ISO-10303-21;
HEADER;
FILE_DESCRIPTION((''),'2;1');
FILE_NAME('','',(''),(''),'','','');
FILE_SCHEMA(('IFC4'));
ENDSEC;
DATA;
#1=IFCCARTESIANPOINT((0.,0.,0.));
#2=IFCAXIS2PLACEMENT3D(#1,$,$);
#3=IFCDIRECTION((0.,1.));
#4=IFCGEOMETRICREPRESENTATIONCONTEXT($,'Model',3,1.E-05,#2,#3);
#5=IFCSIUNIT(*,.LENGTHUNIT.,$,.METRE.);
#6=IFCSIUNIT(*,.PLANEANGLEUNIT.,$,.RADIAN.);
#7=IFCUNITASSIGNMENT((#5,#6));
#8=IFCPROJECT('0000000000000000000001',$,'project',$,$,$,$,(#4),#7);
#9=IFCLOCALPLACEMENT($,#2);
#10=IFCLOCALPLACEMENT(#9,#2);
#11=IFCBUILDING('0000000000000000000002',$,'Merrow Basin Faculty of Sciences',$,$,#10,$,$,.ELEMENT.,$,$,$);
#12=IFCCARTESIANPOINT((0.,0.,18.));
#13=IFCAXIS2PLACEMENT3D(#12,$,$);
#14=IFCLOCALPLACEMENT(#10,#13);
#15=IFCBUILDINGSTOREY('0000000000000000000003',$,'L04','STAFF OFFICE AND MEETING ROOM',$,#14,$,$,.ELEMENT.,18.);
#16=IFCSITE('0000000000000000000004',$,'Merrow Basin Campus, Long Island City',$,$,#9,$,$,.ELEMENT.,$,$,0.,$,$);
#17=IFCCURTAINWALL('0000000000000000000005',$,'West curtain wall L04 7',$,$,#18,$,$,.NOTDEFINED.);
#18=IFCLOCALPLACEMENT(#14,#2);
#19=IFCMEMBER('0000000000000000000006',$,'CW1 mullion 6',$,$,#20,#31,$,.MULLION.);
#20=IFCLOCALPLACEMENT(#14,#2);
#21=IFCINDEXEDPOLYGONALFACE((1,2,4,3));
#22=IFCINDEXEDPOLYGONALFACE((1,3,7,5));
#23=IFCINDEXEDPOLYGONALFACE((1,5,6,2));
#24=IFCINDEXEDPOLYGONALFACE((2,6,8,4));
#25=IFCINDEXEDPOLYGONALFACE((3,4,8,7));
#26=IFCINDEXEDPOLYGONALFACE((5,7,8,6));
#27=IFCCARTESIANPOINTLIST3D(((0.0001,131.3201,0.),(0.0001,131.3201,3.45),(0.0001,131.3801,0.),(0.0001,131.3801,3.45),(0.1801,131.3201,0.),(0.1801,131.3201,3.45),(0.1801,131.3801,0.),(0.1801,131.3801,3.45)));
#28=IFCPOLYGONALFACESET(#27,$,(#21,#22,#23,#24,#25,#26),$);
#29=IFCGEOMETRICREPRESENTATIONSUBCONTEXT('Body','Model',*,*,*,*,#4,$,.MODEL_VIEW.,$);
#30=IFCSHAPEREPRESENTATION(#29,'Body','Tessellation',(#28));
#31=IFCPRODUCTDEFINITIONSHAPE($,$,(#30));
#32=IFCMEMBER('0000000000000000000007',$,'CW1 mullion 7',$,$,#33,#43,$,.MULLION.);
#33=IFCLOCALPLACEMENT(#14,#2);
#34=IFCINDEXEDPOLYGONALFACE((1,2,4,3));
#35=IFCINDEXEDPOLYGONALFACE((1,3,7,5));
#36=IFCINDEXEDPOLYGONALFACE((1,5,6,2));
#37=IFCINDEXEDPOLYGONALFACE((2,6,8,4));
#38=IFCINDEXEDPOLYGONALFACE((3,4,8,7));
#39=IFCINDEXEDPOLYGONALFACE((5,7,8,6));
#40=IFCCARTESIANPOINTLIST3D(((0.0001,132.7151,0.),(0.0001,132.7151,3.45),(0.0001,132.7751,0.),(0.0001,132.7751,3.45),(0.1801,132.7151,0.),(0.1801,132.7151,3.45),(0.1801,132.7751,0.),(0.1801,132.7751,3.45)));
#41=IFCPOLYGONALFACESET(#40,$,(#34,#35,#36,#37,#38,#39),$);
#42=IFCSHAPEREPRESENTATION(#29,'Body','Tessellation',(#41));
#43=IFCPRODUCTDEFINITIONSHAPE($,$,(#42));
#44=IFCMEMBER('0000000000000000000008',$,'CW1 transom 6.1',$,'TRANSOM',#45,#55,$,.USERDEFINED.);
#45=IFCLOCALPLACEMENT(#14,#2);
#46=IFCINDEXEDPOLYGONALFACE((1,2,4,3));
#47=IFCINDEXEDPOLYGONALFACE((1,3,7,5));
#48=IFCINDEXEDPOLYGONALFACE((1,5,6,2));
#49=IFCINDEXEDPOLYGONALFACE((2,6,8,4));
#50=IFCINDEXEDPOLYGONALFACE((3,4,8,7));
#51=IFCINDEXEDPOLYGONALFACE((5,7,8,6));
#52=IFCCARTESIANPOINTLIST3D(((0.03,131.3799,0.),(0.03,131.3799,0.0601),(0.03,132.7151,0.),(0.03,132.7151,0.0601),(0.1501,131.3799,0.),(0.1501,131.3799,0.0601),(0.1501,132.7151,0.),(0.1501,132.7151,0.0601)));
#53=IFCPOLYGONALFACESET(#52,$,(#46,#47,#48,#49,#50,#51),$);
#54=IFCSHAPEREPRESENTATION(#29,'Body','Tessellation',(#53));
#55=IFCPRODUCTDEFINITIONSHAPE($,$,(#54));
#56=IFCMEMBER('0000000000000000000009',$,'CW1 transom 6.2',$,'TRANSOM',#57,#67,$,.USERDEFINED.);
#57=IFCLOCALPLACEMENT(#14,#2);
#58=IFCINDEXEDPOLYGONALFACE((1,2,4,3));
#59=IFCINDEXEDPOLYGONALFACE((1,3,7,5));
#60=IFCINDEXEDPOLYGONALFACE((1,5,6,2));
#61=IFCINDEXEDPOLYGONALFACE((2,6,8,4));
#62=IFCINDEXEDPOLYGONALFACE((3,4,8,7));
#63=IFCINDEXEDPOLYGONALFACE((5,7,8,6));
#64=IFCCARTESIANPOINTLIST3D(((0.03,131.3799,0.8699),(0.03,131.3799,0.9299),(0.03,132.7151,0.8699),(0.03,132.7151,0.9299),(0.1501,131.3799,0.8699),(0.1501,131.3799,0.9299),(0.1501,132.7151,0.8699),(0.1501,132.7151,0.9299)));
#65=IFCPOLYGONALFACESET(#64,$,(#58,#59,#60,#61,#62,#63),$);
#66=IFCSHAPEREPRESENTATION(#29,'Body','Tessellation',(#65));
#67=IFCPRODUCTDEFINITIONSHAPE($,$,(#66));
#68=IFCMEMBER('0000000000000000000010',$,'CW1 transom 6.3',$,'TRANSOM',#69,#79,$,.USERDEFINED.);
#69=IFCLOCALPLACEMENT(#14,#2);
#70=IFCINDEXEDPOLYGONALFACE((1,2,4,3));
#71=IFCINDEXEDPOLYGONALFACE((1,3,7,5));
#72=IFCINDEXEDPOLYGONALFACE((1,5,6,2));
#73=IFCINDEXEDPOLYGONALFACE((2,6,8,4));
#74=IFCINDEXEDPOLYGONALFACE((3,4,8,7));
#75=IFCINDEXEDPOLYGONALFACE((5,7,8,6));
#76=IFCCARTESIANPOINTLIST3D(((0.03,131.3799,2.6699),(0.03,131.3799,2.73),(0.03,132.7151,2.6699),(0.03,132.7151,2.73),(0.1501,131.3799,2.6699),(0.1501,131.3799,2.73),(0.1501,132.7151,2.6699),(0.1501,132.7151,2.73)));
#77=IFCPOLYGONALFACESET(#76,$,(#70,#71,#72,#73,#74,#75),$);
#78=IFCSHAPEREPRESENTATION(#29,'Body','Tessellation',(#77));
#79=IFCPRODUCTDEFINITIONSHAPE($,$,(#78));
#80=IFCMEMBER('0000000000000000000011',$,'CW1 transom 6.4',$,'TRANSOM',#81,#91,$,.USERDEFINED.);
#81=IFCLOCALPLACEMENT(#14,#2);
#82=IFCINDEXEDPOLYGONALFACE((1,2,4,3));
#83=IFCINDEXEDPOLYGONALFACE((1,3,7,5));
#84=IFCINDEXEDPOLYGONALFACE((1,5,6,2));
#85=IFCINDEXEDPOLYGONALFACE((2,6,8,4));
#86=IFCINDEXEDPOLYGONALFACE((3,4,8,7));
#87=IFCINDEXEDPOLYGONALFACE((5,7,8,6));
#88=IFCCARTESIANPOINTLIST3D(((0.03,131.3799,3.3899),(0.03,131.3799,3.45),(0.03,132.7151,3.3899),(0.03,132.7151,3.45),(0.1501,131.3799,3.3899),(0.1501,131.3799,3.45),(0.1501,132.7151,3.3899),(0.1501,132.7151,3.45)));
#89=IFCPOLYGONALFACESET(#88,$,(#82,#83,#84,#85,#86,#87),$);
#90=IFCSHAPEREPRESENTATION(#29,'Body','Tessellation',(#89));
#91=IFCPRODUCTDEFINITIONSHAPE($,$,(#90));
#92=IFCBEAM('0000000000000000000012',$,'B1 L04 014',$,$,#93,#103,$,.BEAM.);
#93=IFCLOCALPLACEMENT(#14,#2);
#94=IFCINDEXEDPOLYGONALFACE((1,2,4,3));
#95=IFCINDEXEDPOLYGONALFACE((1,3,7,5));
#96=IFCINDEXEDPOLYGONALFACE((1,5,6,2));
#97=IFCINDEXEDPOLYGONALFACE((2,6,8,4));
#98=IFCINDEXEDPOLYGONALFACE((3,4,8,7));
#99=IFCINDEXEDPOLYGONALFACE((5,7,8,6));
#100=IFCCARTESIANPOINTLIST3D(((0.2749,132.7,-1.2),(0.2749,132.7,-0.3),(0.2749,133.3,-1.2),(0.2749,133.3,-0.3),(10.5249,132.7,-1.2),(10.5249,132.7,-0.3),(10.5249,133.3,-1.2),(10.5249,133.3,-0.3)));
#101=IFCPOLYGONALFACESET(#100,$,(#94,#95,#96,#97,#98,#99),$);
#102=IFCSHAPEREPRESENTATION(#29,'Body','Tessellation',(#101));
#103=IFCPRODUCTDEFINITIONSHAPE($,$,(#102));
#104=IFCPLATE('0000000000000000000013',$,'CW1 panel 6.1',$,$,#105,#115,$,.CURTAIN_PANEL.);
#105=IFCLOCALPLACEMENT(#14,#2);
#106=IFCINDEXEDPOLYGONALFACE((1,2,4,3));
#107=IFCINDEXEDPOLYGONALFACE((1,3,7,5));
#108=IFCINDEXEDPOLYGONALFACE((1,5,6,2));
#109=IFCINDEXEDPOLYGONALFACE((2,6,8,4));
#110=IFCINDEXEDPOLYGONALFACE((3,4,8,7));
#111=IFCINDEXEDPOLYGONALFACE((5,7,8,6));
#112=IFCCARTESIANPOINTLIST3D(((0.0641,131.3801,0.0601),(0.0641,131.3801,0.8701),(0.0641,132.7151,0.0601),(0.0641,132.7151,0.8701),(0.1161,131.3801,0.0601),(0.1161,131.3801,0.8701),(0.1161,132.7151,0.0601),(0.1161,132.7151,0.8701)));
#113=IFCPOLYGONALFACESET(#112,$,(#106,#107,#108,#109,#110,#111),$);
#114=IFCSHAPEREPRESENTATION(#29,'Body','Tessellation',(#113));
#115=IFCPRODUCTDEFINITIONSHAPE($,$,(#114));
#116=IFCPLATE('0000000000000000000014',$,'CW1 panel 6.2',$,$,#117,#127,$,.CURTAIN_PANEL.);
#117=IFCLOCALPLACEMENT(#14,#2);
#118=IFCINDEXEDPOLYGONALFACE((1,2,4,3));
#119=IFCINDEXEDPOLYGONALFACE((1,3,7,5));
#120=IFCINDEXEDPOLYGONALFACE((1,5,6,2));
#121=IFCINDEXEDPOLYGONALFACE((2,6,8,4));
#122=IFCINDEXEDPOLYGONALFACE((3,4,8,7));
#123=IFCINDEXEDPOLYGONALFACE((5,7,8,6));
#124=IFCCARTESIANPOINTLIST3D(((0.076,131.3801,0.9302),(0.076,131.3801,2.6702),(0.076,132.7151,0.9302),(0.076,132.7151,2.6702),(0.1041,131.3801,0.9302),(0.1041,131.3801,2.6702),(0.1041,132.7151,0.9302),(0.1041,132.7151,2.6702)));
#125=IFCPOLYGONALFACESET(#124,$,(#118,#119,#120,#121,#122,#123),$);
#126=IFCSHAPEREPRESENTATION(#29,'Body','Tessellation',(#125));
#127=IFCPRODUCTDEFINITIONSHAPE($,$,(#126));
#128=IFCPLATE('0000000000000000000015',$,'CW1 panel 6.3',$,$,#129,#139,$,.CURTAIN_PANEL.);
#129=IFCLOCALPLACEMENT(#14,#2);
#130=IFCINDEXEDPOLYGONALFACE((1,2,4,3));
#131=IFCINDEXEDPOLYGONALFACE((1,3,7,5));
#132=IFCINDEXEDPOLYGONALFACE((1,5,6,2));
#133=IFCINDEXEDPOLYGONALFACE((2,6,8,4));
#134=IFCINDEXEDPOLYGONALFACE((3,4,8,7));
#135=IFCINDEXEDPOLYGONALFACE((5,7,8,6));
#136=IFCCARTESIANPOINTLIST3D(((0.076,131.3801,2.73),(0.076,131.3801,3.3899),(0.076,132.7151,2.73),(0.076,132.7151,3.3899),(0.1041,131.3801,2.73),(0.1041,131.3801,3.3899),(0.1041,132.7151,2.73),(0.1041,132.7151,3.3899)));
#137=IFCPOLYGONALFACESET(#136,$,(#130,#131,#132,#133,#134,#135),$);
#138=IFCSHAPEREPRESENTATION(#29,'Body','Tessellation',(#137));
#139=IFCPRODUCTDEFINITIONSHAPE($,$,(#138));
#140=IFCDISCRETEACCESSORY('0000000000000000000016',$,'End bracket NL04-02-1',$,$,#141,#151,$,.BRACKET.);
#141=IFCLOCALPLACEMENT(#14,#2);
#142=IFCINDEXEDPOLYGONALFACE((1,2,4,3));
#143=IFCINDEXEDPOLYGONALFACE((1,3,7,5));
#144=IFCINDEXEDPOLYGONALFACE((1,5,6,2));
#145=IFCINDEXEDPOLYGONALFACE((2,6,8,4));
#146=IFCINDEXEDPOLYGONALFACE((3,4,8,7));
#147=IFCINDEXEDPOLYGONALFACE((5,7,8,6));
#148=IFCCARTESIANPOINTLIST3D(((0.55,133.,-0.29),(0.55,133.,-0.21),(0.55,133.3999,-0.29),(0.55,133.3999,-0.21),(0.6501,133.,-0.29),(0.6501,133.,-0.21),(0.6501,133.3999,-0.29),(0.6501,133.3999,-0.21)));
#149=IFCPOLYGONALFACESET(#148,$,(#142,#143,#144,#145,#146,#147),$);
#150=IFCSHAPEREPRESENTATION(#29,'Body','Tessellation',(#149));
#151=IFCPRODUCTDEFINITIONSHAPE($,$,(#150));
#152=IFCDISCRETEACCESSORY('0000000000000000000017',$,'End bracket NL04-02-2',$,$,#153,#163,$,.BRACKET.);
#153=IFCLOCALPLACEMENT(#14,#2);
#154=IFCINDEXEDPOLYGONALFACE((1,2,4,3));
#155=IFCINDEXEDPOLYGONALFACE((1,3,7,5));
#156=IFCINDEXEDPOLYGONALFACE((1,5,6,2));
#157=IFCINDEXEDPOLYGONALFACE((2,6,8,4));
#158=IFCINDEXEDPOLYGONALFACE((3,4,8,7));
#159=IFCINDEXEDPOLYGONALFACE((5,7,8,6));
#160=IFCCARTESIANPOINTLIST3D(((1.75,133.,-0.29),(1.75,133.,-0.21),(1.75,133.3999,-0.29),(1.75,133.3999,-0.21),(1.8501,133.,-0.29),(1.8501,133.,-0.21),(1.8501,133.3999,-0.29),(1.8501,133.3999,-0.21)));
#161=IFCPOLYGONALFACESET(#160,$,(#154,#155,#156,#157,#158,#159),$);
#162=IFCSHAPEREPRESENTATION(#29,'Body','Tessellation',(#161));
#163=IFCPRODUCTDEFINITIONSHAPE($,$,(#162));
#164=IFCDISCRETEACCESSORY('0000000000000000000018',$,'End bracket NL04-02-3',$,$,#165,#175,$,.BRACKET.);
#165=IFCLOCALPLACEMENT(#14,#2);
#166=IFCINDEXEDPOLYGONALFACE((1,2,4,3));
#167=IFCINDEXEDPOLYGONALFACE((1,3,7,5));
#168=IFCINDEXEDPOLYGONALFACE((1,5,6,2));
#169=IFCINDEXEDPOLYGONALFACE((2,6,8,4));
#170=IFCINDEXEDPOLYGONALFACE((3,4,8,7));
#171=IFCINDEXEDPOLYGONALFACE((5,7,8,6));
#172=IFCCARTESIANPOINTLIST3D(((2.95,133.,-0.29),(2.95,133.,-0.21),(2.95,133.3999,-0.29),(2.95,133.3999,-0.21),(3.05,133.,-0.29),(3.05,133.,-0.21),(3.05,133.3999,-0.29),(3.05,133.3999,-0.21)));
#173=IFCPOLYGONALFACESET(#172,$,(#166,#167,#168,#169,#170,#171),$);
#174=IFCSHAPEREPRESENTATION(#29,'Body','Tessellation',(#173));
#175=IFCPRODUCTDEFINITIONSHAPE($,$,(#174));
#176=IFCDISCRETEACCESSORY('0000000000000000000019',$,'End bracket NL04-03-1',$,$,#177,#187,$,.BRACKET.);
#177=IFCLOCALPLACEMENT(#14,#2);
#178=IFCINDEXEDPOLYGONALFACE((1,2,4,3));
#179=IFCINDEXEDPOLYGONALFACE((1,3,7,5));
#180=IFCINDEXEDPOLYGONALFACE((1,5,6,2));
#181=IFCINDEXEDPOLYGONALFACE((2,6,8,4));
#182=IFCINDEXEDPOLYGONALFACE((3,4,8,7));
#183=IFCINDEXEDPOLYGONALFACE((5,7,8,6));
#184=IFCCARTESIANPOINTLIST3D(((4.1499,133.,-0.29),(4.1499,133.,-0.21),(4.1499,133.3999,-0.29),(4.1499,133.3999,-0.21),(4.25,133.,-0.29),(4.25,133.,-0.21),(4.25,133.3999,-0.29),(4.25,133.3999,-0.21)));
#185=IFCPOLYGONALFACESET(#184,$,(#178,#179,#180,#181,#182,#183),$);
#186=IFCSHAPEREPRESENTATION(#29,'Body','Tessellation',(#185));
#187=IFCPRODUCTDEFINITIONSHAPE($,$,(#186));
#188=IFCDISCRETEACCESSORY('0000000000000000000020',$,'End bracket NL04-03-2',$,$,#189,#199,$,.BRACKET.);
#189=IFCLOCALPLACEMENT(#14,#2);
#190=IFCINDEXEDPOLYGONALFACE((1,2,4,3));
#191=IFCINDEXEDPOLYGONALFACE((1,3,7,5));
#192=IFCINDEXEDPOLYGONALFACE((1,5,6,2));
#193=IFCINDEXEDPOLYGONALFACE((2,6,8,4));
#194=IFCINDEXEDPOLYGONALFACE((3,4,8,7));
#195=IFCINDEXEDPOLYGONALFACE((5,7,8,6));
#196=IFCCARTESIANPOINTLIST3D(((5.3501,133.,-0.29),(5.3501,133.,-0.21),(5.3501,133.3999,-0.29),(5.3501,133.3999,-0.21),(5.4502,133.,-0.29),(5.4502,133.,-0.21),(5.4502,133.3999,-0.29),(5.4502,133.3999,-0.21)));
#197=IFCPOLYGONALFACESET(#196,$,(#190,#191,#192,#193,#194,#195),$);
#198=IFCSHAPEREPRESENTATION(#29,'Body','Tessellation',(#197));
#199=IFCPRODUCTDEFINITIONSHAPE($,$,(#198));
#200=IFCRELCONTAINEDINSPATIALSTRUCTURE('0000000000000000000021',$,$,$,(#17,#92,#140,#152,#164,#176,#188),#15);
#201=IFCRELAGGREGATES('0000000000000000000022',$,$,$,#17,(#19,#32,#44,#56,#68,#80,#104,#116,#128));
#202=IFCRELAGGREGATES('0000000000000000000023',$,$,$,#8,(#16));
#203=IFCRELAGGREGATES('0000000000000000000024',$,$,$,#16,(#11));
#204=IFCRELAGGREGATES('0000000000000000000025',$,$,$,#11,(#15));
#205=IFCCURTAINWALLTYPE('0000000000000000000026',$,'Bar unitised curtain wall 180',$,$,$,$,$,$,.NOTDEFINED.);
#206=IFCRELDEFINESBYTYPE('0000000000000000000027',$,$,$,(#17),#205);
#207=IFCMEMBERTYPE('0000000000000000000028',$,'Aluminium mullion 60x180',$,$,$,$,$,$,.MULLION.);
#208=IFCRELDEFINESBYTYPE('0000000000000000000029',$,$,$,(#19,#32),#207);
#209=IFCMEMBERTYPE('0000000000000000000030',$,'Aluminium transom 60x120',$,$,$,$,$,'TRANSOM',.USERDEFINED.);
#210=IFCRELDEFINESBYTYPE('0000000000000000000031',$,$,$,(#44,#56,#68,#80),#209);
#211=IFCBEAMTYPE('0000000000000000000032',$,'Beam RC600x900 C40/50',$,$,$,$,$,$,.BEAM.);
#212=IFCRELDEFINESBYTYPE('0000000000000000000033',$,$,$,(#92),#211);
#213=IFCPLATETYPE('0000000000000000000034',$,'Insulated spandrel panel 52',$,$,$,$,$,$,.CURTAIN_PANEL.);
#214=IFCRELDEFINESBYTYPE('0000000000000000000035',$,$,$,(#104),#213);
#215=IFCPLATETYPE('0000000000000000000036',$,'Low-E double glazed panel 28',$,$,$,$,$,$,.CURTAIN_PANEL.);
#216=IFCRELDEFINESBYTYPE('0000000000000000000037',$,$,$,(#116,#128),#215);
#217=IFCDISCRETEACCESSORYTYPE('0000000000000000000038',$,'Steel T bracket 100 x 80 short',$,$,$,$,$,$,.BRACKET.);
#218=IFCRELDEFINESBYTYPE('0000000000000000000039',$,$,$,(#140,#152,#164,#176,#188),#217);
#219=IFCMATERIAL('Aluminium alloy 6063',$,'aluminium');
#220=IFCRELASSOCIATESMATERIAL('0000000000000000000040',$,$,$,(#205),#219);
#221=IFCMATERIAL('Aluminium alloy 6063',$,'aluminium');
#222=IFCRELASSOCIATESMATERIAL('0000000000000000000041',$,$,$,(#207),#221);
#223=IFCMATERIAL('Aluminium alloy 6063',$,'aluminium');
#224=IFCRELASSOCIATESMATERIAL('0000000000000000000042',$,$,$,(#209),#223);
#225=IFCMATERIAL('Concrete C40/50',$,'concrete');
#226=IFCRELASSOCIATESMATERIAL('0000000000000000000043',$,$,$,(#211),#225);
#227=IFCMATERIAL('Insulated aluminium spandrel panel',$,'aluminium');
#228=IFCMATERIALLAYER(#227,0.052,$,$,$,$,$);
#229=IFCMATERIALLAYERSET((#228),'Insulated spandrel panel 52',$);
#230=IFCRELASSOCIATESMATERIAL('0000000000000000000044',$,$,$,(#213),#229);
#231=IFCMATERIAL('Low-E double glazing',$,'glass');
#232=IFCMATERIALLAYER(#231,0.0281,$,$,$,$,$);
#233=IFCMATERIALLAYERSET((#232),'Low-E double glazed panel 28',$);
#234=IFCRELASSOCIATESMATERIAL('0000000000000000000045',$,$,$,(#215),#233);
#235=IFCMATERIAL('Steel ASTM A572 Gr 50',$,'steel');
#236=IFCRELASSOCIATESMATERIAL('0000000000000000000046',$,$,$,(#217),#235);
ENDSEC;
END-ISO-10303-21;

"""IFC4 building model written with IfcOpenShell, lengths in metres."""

from ifc_helpers import new_model, si_unit, direction, frame, origin, origin_2d, place, context, subcontext, project, spatial, polyline, rectangle, outline, extrude, source, transform, mapped, material, layer, layer_set, material_profile, profile_set, type_object, element, aggregate, save


model = new_model("IFC4")

# Units and contexts
model_context = context("Model", 3, precision=1e-05, world=origin(), true_north=direction((0.0, 1.0)))
body_context = subcontext(model_context, "Body", "Model", "MODEL_VIEW")
ifc_project = project(units=[si_unit("LENGTHUNIT", "METRE"), si_unit("PLANEANGLEUNIT", "RADIAN")], contexts=[model_context])

# Site, building, storey
site_placement = place(None, origin())
site = spatial("IfcSite", under=ifc_project, at=site_placement, Name="Merrow Basin Campus, Long Island City", CompositionType="ELEMENT", RefElevation=0.0)
building_placement = place(site_placement, origin())
building = spatial("IfcBuilding", under=site, at=building_placement, Name="Merrow Basin Faculty of Sciences", CompositionType="ELEMENT")
storey_placement = place(building_placement, frame((0.0, 0.0, 18.0)))
storey = spatial("IfcBuildingStorey", under=building, at=storey_placement, Name="L04", Description="STAFF OFFICE AND MEETING ROOM", CompositionType="ELEMENT", Elevation=18.0)

# Curtain wall, members
ifc_material_1 = material(Name="Aluminium alloy 6063", Category="aluminium")
curtain_wall_type = type_object("IfcCurtainWallType", Name="Bar unitised curtain wall 180", PredefinedType="NOTDEFINED", material=ifc_material_1)
curtain_wall_placement = place(storey_placement, origin())
curtain_wall = element("IfcCurtainWall", 1, at=curtain_wall_placement, inside=storey, type_object=curtain_wall_type, Name="West curtain wall L04 7", PredefinedType="NOTDEFINED")
ifc_material_2 = material(Name="Aluminium alloy 6063", Category="aluminium")
ifc_material_profile_1 = material_profile(ifc_material_2, rectangle(XDim=0.1799, YDim=0.0601, at=origin_2d()))
ifc_profile_set_1 = profile_set([ifc_material_profile_1], Name="Aluminium alloy 6063")
member_type_1 = type_object("IfcMemberType", Name="Aluminium mullion 60x180", PredefinedType="MULLION", material=ifc_profile_set_1)
member_1_placement = place(storey_placement, frame((0.0901, 131.3501, 0.0), z_axis=(0.0, 0.0, 1.0), x_axis=(-1.0, 0.0, 0.0)))
member_1 = element("IfcMember", 2, at=member_1_placement, type_object=member_type_1, Name="CW1 mullion 6", PredefinedType="MULLION", context=body_context, shape_type="SweptSolid", body=[
    extrude(rectangle(XDim=0.1799, YDim=0.0601, at=origin_2d()), origin(), (0.0, 0.0, 1.0), 3.45),
])
member_2_placement = place(storey_placement, frame((0.0901, 132.7451, 0.0), z_axis=(0.0, 0.0, 1.0), x_axis=(-1.0, 0.0, 0.0)))
member_2 = element("IfcMember", 3, at=member_2_placement, type_object=member_type_1, Name="CW1 mullion 7", PredefinedType="MULLION", context=body_context, shape_type="SweptSolid", body=[
    extrude(rectangle(XDim=0.1799, YDim=0.0601, at=origin_2d()), origin(), (0.0, 0.0, 1.0), 3.45),
])
ifc_material_3 = material(Name="Aluminium alloy 6063", Category="aluminium")
ifc_material_profile_2 = material_profile(ifc_material_3, rectangle(XDim=0.1201, YDim=0.0601, at=origin_2d()))
ifc_profile_set_2 = profile_set([ifc_material_profile_2], Name="Aluminium alloy 6063")
member_type_2 = type_object("IfcMemberType", Name="Aluminium transom 60x120", ElementType="TRANSOM", PredefinedType="USERDEFINED", material=ifc_profile_set_2)
member_3_placement = place(storey_placement, frame((0.0901, 131.3799, 0.03), z_axis=(0.0, 1.0, 0.0), x_axis=(-1.0, 0.0, 0.0)))
member_3 = element("IfcMember", 4, at=member_3_placement, type_object=member_type_2, Name="CW1 transom 6.1", ObjectType="TRANSOM", PredefinedType="USERDEFINED", context=body_context, shape_type="SweptSolid", body=[
    extrude(rectangle(XDim=0.1201, YDim=0.0601, at=origin_2d()), origin(), (0.0, 0.0, 1.0), 1.3352),
])
member_4_placement = place(storey_placement, frame((0.0901, 131.3799, 0.8999), z_axis=(0.0, 1.0, 0.0), x_axis=(-1.0, 0.0, 0.0)))
member_4 = element("IfcMember", 5, at=member_4_placement, type_object=member_type_2, Name="CW1 transom 6.2", ObjectType="TRANSOM", PredefinedType="USERDEFINED", context=body_context, shape_type="SweptSolid", body=[
    extrude(rectangle(XDim=0.1201, YDim=0.0601, at=origin_2d()), origin(), (0.0, 0.0, 1.0), 1.3352),
])
member_5_placement = place(storey_placement, frame((0.0901, 131.3799, 2.7), z_axis=(0.0, 1.0, 0.0), x_axis=(-1.0, 0.0, 0.0)))
member_5 = element("IfcMember", 6, at=member_5_placement, type_object=member_type_2, Name="CW1 transom 6.3", ObjectType="TRANSOM", PredefinedType="USERDEFINED", context=body_context, shape_type="SweptSolid", body=[
    extrude(rectangle(XDim=0.1201, YDim=0.0601, at=origin_2d()), origin(), (0.0, 0.0, 1.0), 1.3352),
])
member_6_placement = place(storey_placement, frame((0.0901, 131.3799, 3.4199), z_axis=(0.0, 1.0, 0.0), x_axis=(-1.0, 0.0, 0.0)))
member_6 = element("IfcMember", 7, at=member_6_placement, type_object=member_type_2, Name="CW1 transom 6.4", ObjectType="TRANSOM", PredefinedType="USERDEFINED", context=body_context, shape_type="SweptSolid", body=[
    extrude(rectangle(XDim=0.1201, YDim=0.0601, at=origin_2d()), origin(), (0.0, 0.0, 1.0), 1.3352),
])

# Beam
ifc_material_4 = material(Name="Concrete C40/50", Category="concrete")
ifc_material_profile_3 = material_profile(ifc_material_4, rectangle(XDim=0.6001, YDim=0.8999, at=origin_2d()))
ifc_profile_set_3 = profile_set([ifc_material_profile_3], Name="Concrete C40/50")
beam_type = type_object("IfcBeamType", Name="Beam RC600x900 C40/50", PredefinedType="BEAM", material=ifc_profile_set_3)
beam_placement = place(storey_placement, frame((0.2749, 133.0, -0.75), z_axis=(1.0, 0.0, 0.0), x_axis=(0.0, 1.0, 0.0)))
element("IfcBeam", 8, at=beam_placement, inside=storey, type_object=beam_type, Name="B1 L04 014", PredefinedType="BEAM", context=body_context, shape_type="SweptSolid", body=[
    extrude(rectangle(XDim=0.6001, YDim=0.8999, at=origin_2d()), origin(), (0.0, 0.0, 1.0), 10.25),
])

# Plates
ifc_material_5 = material(Name="Insulated aluminium spandrel panel", Category="aluminium")
ifc_layer_1 = layer(ifc_material_5, 0.052)
ifc_layer_set_1 = layer_set([ifc_layer_1], Name="Insulated spandrel panel 52")
plate_type_1 = type_object("IfcPlateType", Name="Insulated spandrel panel 52", PredefinedType="CURTAIN_PANEL", material=ifc_layer_set_1)
plate_1_placement = place(storey_placement, frame((0.0901, 132.0476, 0.0601), z_axis=(0.0, 0.0, 1.0), x_axis=(0.0, 1.0, 0.0)))
plate_1 = element("IfcPlate", 9, at=plate_1_placement, type_object=plate_type_1, Name="CW1 panel 6.1", PredefinedType="CURTAIN_PANEL", context=body_context, shape_type="SweptSolid", body=[
    extrude(rectangle(XDim=1.335, YDim=0.052, at=origin_2d()), origin(), (0.0, 0.0, 1.0), 0.8101),
])
ifc_material_6 = material(Name="Low-E double glazing", Category="glass")
ifc_layer_2 = layer(ifc_material_6, 0.0281)
ifc_layer_set_2 = layer_set([ifc_layer_2], Name="Low-E double glazed panel 28")
plate_type_2 = type_object("IfcPlateType", Name="Low-E double glazed panel 28", PredefinedType="CURTAIN_PANEL", material=ifc_layer_set_2)
plate_2_placement = place(storey_placement, frame((0.0901, 132.0476, 0.9302), z_axis=(0.0, 0.0, 1.0), x_axis=(0.0, 1.0, 0.0)))
plate_2 = element("IfcPlate", 10, at=plate_2_placement, type_object=plate_type_2, Name="CW1 panel 6.2", PredefinedType="CURTAIN_PANEL", context=body_context, shape_type="SweptSolid", body=[
    extrude(rectangle(XDim=1.335, YDim=0.0281, at=origin_2d()), origin(), (0.0, 0.0, 1.0), 1.74),
])
plate_3_placement = place(storey_placement, frame((0.0901, 132.0476, 2.73), z_axis=(0.0, 0.0, 1.0), x_axis=(0.0, 1.0, 0.0)))
plate_3 = element("IfcPlate", 11, at=plate_3_placement, type_object=plate_type_2, Name="CW1 panel 6.3", PredefinedType="CURTAIN_PANEL", context=body_context, shape_type="SweptSolid", body=[
    extrude(rectangle(XDim=1.335, YDim=0.0281, at=origin_2d()), origin(), (0.0, 0.0, 1.0), 0.6599),
])
aggregate(curtain_wall, [member_1, member_2, member_3, member_4, member_5, member_6, plate_1, plate_2, plate_3])

# Discrete accessories
ifc_material_7 = material(Name="Steel ASTM A572 Gr 50", Category="steel")
discrete_accessory_type = type_object("IfcDiscreteAccessoryType", Name="Steel T bracket 100 x 80 short", PredefinedType="BRACKET", material=ifc_material_7)
shared_shape_1 = source(origin(), body_context, "Body", "SweptSolid", [
    extrude(outline(polyline([(0.0, 0.0), (0.1001, 0.0), (0.1001, 0.0801), (0.0, 0.0801), (0.0, 0.0)])), origin(), (0.0, 0.0, 1.0), 0.3999),
])
for number, where, z_axis, x_axis, name in (
    (12, (0.55, 133.3999, -0.29), (0.0, -1.0, 0.0), (1.0, 0.0, 0.0), "End bracket NL04-02-1"),
    (13, (1.75, 133.3999, -0.29), (0.0, -1.0, 0.0), (1.0, 0.0, 0.0), "End bracket NL04-02-2"),
    (14, (2.95, 133.3999, -0.29), (0.0, -1.0, 0.0), (1.0, 0.0, 0.0), "End bracket NL04-02-3"),
    (15, (4.1499, 133.3999, -0.29), (0.0, -1.0, 0.0), (1.0, 0.0, 0.0), "End bracket NL04-03-1"),
    (16, (5.3501, 133.3999, -0.29), (0.0, -1.0, 0.0), (1.0, 0.0, 0.0), "End bracket NL04-03-2"),
):
    element("IfcDiscreteAccessory", number, at=place(storey_placement, frame(where, z_axis=z_axis, x_axis=x_axis)), inside=storey, type_object=discrete_accessory_type, Name=name, PredefinedType="BRACKET", context=body_context, shape_type="MappedRepresentation", body=[
        mapped(shared_shape_1, transform((0.0, 0.0, 0.0), scale=1.0)),
    ])

save(model, "model.ifc")
